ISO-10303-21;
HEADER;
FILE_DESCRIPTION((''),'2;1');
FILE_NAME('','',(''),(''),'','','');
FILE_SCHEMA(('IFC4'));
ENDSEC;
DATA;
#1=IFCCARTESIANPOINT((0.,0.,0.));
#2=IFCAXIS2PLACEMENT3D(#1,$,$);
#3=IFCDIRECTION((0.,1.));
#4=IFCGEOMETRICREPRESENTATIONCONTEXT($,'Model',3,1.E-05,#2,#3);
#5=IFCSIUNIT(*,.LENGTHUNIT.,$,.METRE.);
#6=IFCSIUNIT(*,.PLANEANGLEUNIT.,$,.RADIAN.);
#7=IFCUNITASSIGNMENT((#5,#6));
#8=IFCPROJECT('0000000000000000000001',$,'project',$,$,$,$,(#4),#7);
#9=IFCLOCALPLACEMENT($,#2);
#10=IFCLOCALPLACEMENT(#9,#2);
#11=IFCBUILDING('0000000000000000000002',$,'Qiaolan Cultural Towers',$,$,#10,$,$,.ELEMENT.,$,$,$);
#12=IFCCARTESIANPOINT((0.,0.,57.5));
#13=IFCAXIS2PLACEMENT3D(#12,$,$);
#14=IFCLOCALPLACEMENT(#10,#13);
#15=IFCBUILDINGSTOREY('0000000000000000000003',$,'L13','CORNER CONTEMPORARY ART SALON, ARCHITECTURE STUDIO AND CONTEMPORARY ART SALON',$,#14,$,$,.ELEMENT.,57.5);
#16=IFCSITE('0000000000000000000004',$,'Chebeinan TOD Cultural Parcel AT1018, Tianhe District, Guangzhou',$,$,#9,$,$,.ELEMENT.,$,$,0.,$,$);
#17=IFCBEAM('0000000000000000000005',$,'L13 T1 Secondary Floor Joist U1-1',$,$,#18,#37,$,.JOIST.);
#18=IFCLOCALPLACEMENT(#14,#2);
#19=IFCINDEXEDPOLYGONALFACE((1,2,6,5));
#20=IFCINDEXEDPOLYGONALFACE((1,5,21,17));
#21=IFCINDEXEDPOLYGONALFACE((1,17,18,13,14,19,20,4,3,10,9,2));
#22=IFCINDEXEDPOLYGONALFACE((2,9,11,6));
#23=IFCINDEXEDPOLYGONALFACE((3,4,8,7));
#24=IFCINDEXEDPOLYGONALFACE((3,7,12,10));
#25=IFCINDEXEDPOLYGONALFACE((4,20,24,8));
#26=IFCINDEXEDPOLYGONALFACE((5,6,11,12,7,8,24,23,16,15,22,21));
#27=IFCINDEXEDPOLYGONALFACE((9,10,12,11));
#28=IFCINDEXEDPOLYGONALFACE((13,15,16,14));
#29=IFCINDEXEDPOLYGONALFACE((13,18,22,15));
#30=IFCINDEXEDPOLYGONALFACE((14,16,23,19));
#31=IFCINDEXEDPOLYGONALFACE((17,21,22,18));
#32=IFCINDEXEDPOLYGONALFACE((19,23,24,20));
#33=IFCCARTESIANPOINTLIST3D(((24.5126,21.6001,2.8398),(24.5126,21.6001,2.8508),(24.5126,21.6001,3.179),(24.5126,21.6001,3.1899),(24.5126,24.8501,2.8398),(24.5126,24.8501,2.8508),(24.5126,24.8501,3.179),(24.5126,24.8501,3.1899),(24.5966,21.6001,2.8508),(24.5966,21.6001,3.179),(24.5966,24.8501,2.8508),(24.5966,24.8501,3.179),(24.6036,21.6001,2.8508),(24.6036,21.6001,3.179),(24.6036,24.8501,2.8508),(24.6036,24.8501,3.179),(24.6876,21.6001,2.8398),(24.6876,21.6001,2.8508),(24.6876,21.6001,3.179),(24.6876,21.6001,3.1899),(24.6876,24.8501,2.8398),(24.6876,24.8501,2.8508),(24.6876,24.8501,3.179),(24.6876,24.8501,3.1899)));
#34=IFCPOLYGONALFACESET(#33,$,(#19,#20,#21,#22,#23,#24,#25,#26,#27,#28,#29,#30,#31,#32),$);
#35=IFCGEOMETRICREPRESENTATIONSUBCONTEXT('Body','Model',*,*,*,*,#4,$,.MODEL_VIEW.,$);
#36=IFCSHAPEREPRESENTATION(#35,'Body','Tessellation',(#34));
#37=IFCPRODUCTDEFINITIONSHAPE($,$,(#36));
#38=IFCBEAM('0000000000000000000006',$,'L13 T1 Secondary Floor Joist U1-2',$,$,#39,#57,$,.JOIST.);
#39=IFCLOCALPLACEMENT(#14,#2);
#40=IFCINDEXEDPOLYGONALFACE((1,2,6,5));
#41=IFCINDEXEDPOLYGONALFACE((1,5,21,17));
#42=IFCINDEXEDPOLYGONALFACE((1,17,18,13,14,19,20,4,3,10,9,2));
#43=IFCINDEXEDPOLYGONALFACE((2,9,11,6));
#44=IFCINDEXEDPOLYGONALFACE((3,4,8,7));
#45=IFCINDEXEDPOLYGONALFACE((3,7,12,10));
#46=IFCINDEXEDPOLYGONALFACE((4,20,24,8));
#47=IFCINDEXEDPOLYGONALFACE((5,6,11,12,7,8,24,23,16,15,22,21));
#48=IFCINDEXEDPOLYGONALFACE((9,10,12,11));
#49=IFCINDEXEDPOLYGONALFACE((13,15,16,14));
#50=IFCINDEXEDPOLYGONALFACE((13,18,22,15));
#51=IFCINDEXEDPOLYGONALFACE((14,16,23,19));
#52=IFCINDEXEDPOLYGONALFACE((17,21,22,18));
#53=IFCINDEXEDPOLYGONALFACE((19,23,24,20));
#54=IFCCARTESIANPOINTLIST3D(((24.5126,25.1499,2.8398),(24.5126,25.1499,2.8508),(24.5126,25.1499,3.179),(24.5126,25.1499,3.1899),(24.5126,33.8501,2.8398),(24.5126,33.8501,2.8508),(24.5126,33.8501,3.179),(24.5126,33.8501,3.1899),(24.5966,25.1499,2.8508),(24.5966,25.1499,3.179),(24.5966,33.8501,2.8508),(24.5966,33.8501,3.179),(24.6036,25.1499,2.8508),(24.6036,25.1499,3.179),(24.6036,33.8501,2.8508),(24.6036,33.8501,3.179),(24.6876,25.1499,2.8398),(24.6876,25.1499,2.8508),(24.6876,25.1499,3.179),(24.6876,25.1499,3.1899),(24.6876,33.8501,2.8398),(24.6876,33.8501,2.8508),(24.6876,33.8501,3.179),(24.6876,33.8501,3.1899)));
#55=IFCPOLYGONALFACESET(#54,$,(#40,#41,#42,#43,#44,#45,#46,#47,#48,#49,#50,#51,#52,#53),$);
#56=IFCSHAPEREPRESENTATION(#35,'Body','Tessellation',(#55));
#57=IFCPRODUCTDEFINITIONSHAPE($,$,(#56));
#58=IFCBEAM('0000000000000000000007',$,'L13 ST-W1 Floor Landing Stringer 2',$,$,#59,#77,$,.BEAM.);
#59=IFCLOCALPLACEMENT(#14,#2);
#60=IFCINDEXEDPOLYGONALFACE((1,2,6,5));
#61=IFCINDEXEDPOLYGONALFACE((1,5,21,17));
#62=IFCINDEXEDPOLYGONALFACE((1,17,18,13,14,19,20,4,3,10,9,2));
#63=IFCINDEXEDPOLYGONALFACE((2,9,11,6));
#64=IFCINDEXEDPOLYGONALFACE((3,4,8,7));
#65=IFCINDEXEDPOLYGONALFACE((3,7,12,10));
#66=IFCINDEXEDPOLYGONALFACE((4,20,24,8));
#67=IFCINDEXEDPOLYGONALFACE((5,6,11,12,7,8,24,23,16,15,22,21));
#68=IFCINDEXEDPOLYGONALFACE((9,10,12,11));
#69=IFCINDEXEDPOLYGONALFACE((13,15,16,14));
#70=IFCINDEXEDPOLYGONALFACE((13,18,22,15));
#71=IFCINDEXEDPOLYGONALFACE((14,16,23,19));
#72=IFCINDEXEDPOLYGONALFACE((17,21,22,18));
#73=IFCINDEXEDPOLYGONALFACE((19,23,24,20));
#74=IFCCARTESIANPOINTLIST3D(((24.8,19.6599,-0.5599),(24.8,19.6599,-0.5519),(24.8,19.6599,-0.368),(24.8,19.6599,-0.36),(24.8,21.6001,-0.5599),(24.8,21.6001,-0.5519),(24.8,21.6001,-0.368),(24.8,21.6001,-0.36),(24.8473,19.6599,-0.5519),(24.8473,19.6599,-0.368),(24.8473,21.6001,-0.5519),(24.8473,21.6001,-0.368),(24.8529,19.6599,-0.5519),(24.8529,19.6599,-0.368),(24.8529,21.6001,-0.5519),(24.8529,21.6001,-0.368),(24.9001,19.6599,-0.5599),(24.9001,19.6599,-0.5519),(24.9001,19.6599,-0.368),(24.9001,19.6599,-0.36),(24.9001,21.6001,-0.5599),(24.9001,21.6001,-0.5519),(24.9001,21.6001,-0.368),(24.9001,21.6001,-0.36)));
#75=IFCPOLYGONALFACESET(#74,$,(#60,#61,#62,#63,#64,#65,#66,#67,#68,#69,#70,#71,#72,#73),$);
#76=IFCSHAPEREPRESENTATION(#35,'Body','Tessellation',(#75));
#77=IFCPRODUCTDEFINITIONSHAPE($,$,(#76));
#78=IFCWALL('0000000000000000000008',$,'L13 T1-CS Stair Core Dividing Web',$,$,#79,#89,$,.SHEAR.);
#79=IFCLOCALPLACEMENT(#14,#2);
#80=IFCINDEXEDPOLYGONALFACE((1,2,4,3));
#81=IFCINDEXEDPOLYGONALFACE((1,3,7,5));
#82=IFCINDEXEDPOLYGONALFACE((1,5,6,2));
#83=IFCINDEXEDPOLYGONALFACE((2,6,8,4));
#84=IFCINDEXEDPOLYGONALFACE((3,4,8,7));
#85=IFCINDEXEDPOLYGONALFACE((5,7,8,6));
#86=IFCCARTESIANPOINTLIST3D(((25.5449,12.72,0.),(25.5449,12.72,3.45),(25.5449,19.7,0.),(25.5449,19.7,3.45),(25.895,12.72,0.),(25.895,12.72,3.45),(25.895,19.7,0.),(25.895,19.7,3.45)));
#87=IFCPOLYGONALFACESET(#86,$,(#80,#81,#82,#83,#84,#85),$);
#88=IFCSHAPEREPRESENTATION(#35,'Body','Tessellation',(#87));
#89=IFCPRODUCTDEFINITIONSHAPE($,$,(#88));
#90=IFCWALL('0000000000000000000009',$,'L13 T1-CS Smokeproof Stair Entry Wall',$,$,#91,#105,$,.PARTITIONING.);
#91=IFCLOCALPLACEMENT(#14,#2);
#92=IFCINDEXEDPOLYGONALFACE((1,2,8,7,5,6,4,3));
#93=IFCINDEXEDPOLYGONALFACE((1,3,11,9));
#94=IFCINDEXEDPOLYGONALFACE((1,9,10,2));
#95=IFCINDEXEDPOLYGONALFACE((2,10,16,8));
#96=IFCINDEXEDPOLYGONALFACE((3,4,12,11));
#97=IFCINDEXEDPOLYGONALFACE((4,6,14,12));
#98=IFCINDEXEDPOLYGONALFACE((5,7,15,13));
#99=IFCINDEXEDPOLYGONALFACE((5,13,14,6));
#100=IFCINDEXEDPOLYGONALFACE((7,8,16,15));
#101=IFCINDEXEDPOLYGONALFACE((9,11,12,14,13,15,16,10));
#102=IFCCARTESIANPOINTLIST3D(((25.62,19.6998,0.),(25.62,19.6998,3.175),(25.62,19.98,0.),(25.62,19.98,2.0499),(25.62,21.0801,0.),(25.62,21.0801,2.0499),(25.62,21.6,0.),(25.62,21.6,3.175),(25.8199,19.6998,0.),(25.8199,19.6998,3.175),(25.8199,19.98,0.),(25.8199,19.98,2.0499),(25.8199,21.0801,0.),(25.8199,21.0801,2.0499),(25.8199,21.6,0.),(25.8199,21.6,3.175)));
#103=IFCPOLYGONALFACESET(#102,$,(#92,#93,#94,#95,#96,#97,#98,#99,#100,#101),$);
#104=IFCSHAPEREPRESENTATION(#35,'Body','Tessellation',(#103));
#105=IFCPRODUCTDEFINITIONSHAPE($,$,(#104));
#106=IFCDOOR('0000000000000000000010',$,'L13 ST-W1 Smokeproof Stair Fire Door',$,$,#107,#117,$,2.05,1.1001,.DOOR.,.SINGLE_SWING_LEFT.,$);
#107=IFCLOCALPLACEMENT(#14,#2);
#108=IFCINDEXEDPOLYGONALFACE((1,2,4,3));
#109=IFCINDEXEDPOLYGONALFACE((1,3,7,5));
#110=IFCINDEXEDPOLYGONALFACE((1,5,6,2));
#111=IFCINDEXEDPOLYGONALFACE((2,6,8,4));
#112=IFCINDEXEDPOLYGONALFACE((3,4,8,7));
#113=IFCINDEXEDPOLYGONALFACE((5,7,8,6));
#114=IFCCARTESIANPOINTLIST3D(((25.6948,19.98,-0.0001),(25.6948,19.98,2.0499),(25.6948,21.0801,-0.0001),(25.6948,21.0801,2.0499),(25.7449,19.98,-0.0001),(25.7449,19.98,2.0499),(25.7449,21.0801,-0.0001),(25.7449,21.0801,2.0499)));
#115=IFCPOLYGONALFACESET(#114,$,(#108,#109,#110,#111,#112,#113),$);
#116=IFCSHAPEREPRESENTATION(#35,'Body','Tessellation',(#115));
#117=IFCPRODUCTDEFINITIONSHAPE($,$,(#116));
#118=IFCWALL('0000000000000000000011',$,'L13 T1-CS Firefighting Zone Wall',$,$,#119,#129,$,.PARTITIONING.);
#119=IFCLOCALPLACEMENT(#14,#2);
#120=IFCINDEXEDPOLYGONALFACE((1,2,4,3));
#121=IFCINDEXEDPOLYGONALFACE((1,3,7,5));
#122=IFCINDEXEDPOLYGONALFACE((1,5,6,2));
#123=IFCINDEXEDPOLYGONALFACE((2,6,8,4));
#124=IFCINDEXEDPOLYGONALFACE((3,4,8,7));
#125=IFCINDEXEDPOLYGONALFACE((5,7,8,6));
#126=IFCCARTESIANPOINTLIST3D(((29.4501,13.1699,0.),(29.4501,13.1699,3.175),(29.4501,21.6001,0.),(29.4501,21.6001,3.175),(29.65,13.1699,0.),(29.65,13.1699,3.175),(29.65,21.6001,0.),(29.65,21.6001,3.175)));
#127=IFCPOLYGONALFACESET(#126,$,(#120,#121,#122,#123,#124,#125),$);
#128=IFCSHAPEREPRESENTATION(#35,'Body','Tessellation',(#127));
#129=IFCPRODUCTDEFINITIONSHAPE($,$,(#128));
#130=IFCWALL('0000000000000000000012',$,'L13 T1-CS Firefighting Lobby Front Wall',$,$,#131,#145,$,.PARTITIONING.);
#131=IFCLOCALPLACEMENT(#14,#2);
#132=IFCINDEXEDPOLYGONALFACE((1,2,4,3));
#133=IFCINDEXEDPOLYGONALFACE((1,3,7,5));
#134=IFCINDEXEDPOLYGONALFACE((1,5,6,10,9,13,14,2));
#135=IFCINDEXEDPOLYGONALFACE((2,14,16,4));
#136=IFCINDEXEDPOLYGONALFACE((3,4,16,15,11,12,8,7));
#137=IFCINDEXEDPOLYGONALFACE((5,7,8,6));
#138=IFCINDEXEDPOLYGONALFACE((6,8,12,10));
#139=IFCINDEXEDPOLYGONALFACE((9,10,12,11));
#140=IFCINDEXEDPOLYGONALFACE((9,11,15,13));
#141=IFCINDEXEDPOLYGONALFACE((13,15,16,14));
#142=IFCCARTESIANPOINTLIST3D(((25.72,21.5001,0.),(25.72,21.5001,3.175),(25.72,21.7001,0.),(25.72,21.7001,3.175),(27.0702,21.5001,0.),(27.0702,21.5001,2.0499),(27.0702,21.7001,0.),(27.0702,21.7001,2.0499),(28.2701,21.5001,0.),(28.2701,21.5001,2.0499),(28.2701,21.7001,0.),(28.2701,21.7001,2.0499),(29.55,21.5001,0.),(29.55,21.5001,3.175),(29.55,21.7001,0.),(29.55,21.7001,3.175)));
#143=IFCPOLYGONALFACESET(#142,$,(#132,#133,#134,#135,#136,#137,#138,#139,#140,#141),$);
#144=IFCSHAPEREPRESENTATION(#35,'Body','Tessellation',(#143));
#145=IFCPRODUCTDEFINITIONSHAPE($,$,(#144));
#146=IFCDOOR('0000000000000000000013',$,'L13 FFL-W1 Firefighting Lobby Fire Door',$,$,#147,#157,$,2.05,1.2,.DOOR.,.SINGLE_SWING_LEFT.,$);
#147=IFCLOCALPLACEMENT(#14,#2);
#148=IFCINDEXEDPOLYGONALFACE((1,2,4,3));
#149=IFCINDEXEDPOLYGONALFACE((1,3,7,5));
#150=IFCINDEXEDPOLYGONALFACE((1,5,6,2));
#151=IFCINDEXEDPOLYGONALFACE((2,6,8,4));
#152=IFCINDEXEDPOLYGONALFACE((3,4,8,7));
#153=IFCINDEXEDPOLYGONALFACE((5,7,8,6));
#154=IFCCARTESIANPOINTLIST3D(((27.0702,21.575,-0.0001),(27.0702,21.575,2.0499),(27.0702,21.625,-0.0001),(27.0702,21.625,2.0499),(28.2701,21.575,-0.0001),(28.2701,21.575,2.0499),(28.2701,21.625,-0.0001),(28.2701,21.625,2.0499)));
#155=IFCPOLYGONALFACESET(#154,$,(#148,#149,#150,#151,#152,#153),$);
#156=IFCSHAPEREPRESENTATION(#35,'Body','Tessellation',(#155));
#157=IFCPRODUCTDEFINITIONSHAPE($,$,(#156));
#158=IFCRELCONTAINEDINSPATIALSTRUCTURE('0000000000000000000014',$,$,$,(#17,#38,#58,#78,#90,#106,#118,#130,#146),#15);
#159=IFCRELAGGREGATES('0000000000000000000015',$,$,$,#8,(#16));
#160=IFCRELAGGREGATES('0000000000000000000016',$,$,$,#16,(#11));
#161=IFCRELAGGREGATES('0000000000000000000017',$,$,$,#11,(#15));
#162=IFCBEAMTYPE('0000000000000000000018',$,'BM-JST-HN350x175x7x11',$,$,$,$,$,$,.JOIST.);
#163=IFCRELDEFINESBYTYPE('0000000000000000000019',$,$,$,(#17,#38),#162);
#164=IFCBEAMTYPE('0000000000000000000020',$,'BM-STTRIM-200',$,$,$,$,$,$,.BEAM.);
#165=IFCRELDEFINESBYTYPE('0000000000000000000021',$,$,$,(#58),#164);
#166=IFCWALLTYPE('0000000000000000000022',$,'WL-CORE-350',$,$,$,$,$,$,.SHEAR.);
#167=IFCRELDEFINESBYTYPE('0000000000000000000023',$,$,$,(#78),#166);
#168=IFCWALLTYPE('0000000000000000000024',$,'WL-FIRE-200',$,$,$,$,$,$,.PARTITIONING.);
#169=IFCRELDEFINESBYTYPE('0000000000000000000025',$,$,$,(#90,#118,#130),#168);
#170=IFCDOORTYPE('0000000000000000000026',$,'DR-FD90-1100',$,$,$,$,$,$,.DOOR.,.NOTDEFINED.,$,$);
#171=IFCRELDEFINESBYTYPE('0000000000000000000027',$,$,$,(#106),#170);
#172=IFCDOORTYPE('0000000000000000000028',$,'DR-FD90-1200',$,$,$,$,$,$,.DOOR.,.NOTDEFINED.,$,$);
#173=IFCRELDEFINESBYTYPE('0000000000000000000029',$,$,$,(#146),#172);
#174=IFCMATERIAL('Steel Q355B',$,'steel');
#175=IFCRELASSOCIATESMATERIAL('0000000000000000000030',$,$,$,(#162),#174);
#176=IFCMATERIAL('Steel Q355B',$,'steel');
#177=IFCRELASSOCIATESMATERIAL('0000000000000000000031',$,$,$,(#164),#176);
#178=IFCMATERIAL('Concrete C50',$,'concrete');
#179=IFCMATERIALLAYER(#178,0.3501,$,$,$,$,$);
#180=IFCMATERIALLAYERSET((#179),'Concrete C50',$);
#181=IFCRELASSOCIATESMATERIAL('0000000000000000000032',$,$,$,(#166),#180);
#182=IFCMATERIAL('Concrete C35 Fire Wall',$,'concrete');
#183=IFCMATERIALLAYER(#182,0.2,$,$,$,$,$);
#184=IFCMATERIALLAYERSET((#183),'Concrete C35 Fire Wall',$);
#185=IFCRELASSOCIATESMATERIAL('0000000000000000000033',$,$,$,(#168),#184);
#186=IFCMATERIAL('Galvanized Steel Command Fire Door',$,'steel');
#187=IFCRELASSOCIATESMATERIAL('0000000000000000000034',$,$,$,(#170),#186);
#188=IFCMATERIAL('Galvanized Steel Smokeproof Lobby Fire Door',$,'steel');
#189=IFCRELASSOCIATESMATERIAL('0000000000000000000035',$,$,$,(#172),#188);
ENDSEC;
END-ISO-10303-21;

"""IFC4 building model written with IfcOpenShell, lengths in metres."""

from ifc_helpers import new_model, si_unit, direction, frame, frame_2d, origin, origin_2d, place, context, subcontext, project, spatial, rectangle, i_section, extrude, material, layer, layer_set, material_profile, profile_set, type_object, element, fill, save


model = new_model("IFC4")

# Units and contexts
model_context = context("Model", 3, precision=1e-05, world=origin(), true_north=direction((0.0, 1.0)))
body_context = subcontext(model_context, "Body", "Model", "MODEL_VIEW")
ifc_project = project(units=[si_unit("LENGTHUNIT", "METRE"), si_unit("PLANEANGLEUNIT", "RADIAN")], contexts=[model_context])

# Site, building, storey
site_placement = place(None, origin())
site = spatial("IfcSite", under=ifc_project, at=site_placement, Name="Chebeinan TOD Cultural Parcel AT1018, Tianhe District, Guangzhou", CompositionType="ELEMENT", RefElevation=0.0)
building_placement = place(site_placement, origin())
building = spatial("IfcBuilding", under=site, at=building_placement, Name="Qiaolan Cultural Towers", CompositionType="ELEMENT")
storey_placement = place(building_placement, frame((0.0, 0.0, 57.5)))
storey = spatial("IfcBuildingStorey", under=building, at=storey_placement, Name="L13", Description="CORNER CONTEMPORARY ART SALON, ARCHITECTURE STUDIO AND CONTEMPORARY ART SALON", CompositionType="ELEMENT", Elevation=57.5)

# Beams
ifc_material_1 = material(Name="Steel Q355B", Category="steel")
ifc_material_profile_1 = material_profile(ifc_material_1, i_section(OverallWidth=0.175, OverallDepth=0.3501, WebThickness=0.0071, FlangeThickness=0.011, at=origin_2d()), Name="HN350x175x7x11")
ifc_profile_set_1 = profile_set([ifc_material_profile_1], Name="Steel Q355B")
beam_type_1 = type_object("IfcBeamType", Name="BM-JST-HN350x175x7x11", PredefinedType="JOIST", material=ifc_profile_set_1)
beam_1_placement = place(storey_placement, frame((24.6001, 21.6001, 3.0149), z_axis=(0.0, 1.0, 0.0), x_axis=(-1.0, 0.0, 0.0)))
element("IfcBeam", 1, at=beam_1_placement, inside=storey, type_object=beam_type_1, Name="L13 T1 Secondary Floor Joist U1-1", PredefinedType="JOIST", context=body_context, shape_type="SweptSolid", body=[
    extrude(i_section(OverallWidth=0.175, OverallDepth=0.3501, WebThickness=0.0071, FlangeThickness=0.011, at=origin_2d()), origin(), (0.0, 0.0, 1.0), 3.25),
])
beam_2_placement = place(storey_placement, frame((24.6001, 25.1499, 3.0149), z_axis=(0.0, 1.0, 0.0), x_axis=(-1.0, 0.0, 0.0)))
element("IfcBeam", 2, at=beam_2_placement, inside=storey, type_object=beam_type_1, Name="L13 T1 Secondary Floor Joist U1-2", PredefinedType="JOIST", context=body_context, shape_type="SweptSolid", body=[
    extrude(i_section(OverallWidth=0.175, OverallDepth=0.3501, WebThickness=0.0071, FlangeThickness=0.011, at=origin_2d()), origin(), (0.0, 0.0, 1.0), 8.7002),
])
ifc_material_2 = material(Name="Steel Q355B", Category="steel")
ifc_material_profile_2 = material_profile(ifc_material_2, i_section(OverallWidth=0.1001, OverallDepth=0.2, WebThickness=0.0056, FlangeThickness=0.0081, at=origin_2d()), Name="HN200x100x5.5x8")
ifc_profile_set_2 = profile_set([ifc_material_profile_2], Name="Steel Q355B")
beam_type_2 = type_object("IfcBeamType", Name="BM-STTRIM-200", PredefinedType="BEAM", material=ifc_profile_set_2)
beam_3_placement = place(storey_placement, frame((24.8501, 21.6001, -0.46), z_axis=(0.0, -1.0, 0.0), x_axis=(1.0, 0.0, 0.0)))
element("IfcBeam", 3, at=beam_3_placement, inside=storey, type_object=beam_type_2, Name="L13 ST-W1 Floor Landing Stringer 2", PredefinedType="BEAM", context=body_context, shape_type="SweptSolid", body=[
    extrude(i_section(OverallWidth=0.1001, OverallDepth=0.2, WebThickness=0.0056, FlangeThickness=0.0081, at=origin_2d()), origin(), (0.0, 0.0, 1.0), 1.9402),
])

# Wall
ifc_material_3 = material(Name="Concrete C50", Category="concrete")
ifc_layer_1 = layer(ifc_material_3, 0.3501)
ifc_layer_set_1 = layer_set([ifc_layer_1], Name="Concrete C50")
wall_type_1 = type_object("IfcWallType", Name="WL-CORE-350", PredefinedType="SHEAR", material=ifc_layer_set_1)
wall_1_placement = place(storey_placement, frame((25.72, 19.7, 0.0), z_axis=(0.0, 0.0, 1.0), x_axis=(0.0, -1.0, 0.0)))
element("IfcWall", 4, at=wall_1_placement, inside=storey, type_object=wall_type_1, Name="L13 T1-CS Stair Core Dividing Web", PredefinedType="SHEAR", context=body_context, shape_type="SweptSolid", body=[
    extrude(rectangle(XDim=6.98, YDim=0.3501, at=frame_2d((3.49, 0.0))), origin(), (0.0, 0.0, 1.0), 3.45),
])

# Wall, opening, door
ifc_material_4 = material(Name="Concrete C35 Fire Wall", Category="concrete")
ifc_layer_2 = layer(ifc_material_4, 0.2)
ifc_layer_set_2 = layer_set([ifc_layer_2], Name="Concrete C35 Fire Wall")
wall_type_2 = type_object("IfcWallType", Name="WL-FIRE-200", PredefinedType="PARTITIONING", material=ifc_layer_set_2)
wall_2_placement = place(storey_placement, frame((25.72, 21.6001, 0.0), z_axis=(0.0, 0.0, 1.0), x_axis=(0.0, -1.0, 0.0)))
wall_2 = element("IfcWall", 5, at=wall_2_placement, inside=storey, type_object=wall_type_2, Name="L13 T1-CS Smokeproof Stair Entry Wall", PredefinedType="PARTITIONING", context=body_context, shape_type="SweptSolid", body=[
    extrude(rectangle(XDim=1.9001, YDim=0.2, at=frame_2d((0.9502, 0.0))), origin(), (0.0, 0.0, 1.0), 3.175),
])
opening_1_placement = place(wall_2_placement, frame((0.52, 0.0, 0.0)))
opening_1 = element("IfcOpeningElement", 6, at=opening_1_placement, cuts=wall_2, PredefinedType="OPENING", context=body_context, shape_type="SweptSolid", body=[
    extrude(rectangle(XDim=1.1001, YDim=2.05, at=frame_2d((0.55, 1.0249))), frame((0.0, 0.1099, 0.0), z_axis=(0.0, -1.0, 0.0), x_axis=(1.0, 0.0, 0.0)), (0.0, 0.0, 1.0), 0.22),
])
ifc_material_5 = material(Name="Galvanized Steel Command Fire Door", Category="steel")
door_type_1 = type_object("IfcDoorType", Name="DR-FD90-1100", OperationType="NOTDEFINED", PredefinedType="DOOR", material=ifc_material_5)
door_1_placement = place(opening_1_placement, origin())
door_1 = element("IfcDoor", 7, at=door_1_placement, inside=storey, type_object=door_type_1, Name="L13 ST-W1 Smokeproof Stair Fire Door", OperationType="SINGLE_SWING_LEFT", OverallHeight=2.05, OverallWidth=1.1001, PredefinedType="DOOR", context=body_context, shape_type="SweptSolid", body=[
    extrude(rectangle(XDim=1.1001, YDim=2.05, at=frame_2d((0.55, 1.0249))), frame((0.0, 0.0249, 0.0), z_axis=(0.0, -1.0, 0.0), x_axis=(1.0, 0.0, 0.0)), (0.0, 0.0, 1.0), 0.05),
])
fill(opening_1, door_1)

# Wall
wall_3_placement = place(storey_placement, frame((29.55, 21.6001, 0.0), z_axis=(0.0, 0.0, 1.0), x_axis=(0.0, -1.0, 0.0)))
element("IfcWall", 8, at=wall_3_placement, inside=storey, type_object=wall_type_2, Name="L13 T1-CS Firefighting Zone Wall", PredefinedType="PARTITIONING", context=body_context, shape_type="SweptSolid", body=[
    extrude(rectangle(XDim=8.4302, YDim=0.2, at=frame_2d((4.2151, 0.0))), origin(), (0.0, 0.0, 1.0), 3.175),
])

# Wall, opening, door
wall_4_placement = place(storey_placement, frame((25.72, 21.6001, 0.0), z_axis=(0.0, 0.0, 1.0), x_axis=(1.0, 0.0, 0.0)))
wall_4 = element("IfcWall", 9, at=wall_4_placement, inside=storey, type_object=wall_type_2, Name="L13 T1-CS Firefighting Lobby Front Wall", PredefinedType="PARTITIONING", context=body_context, shape_type="SweptSolid", body=[
    extrude(rectangle(XDim=3.8301, YDim=0.2, at=frame_2d((1.915, 0.0))), origin(), (0.0, 0.0, 1.0), 3.175),
])
opening_2_placement = place(wall_4_placement, frame((1.3501, 0.0, 0.0)))
opening_2 = element("IfcOpeningElement", 10, at=opening_2_placement, cuts=wall_4, PredefinedType="OPENING", context=body_context, shape_type="SweptSolid", body=[
    extrude(rectangle(XDim=1.2, YDim=2.05, at=frame_2d((0.6001, 1.0249))), frame((0.0, 0.1099, 0.0), z_axis=(0.0, -1.0, 0.0), x_axis=(1.0, 0.0, 0.0)), (0.0, 0.0, 1.0), 0.22),
])
ifc_material_6 = material(Name="Galvanized Steel Smokeproof Lobby Fire Door", Category="steel")
door_type_2 = type_object("IfcDoorType", Name="DR-FD90-1200", OperationType="NOTDEFINED", PredefinedType="DOOR", material=ifc_material_6)
door_2_placement = place(opening_2_placement, origin())
door_2 = element("IfcDoor", 11, at=door_2_placement, inside=storey, type_object=door_type_2, Name="L13 FFL-W1 Firefighting Lobby Fire Door", OperationType="SINGLE_SWING_LEFT", OverallHeight=2.05, OverallWidth=1.2, PredefinedType="DOOR", context=body_context, shape_type="SweptSolid", body=[
    extrude(rectangle(XDim=1.2, YDim=2.05, at=frame_2d((0.6001, 1.0249))), frame((0.0, 0.0249, 0.0), z_axis=(0.0, -1.0, 0.0), x_axis=(1.0, 0.0, 0.0)), (0.0, 0.0, 1.0), 0.05),
])
fill(opening_2, door_2)

save(model, "model.ifc")
